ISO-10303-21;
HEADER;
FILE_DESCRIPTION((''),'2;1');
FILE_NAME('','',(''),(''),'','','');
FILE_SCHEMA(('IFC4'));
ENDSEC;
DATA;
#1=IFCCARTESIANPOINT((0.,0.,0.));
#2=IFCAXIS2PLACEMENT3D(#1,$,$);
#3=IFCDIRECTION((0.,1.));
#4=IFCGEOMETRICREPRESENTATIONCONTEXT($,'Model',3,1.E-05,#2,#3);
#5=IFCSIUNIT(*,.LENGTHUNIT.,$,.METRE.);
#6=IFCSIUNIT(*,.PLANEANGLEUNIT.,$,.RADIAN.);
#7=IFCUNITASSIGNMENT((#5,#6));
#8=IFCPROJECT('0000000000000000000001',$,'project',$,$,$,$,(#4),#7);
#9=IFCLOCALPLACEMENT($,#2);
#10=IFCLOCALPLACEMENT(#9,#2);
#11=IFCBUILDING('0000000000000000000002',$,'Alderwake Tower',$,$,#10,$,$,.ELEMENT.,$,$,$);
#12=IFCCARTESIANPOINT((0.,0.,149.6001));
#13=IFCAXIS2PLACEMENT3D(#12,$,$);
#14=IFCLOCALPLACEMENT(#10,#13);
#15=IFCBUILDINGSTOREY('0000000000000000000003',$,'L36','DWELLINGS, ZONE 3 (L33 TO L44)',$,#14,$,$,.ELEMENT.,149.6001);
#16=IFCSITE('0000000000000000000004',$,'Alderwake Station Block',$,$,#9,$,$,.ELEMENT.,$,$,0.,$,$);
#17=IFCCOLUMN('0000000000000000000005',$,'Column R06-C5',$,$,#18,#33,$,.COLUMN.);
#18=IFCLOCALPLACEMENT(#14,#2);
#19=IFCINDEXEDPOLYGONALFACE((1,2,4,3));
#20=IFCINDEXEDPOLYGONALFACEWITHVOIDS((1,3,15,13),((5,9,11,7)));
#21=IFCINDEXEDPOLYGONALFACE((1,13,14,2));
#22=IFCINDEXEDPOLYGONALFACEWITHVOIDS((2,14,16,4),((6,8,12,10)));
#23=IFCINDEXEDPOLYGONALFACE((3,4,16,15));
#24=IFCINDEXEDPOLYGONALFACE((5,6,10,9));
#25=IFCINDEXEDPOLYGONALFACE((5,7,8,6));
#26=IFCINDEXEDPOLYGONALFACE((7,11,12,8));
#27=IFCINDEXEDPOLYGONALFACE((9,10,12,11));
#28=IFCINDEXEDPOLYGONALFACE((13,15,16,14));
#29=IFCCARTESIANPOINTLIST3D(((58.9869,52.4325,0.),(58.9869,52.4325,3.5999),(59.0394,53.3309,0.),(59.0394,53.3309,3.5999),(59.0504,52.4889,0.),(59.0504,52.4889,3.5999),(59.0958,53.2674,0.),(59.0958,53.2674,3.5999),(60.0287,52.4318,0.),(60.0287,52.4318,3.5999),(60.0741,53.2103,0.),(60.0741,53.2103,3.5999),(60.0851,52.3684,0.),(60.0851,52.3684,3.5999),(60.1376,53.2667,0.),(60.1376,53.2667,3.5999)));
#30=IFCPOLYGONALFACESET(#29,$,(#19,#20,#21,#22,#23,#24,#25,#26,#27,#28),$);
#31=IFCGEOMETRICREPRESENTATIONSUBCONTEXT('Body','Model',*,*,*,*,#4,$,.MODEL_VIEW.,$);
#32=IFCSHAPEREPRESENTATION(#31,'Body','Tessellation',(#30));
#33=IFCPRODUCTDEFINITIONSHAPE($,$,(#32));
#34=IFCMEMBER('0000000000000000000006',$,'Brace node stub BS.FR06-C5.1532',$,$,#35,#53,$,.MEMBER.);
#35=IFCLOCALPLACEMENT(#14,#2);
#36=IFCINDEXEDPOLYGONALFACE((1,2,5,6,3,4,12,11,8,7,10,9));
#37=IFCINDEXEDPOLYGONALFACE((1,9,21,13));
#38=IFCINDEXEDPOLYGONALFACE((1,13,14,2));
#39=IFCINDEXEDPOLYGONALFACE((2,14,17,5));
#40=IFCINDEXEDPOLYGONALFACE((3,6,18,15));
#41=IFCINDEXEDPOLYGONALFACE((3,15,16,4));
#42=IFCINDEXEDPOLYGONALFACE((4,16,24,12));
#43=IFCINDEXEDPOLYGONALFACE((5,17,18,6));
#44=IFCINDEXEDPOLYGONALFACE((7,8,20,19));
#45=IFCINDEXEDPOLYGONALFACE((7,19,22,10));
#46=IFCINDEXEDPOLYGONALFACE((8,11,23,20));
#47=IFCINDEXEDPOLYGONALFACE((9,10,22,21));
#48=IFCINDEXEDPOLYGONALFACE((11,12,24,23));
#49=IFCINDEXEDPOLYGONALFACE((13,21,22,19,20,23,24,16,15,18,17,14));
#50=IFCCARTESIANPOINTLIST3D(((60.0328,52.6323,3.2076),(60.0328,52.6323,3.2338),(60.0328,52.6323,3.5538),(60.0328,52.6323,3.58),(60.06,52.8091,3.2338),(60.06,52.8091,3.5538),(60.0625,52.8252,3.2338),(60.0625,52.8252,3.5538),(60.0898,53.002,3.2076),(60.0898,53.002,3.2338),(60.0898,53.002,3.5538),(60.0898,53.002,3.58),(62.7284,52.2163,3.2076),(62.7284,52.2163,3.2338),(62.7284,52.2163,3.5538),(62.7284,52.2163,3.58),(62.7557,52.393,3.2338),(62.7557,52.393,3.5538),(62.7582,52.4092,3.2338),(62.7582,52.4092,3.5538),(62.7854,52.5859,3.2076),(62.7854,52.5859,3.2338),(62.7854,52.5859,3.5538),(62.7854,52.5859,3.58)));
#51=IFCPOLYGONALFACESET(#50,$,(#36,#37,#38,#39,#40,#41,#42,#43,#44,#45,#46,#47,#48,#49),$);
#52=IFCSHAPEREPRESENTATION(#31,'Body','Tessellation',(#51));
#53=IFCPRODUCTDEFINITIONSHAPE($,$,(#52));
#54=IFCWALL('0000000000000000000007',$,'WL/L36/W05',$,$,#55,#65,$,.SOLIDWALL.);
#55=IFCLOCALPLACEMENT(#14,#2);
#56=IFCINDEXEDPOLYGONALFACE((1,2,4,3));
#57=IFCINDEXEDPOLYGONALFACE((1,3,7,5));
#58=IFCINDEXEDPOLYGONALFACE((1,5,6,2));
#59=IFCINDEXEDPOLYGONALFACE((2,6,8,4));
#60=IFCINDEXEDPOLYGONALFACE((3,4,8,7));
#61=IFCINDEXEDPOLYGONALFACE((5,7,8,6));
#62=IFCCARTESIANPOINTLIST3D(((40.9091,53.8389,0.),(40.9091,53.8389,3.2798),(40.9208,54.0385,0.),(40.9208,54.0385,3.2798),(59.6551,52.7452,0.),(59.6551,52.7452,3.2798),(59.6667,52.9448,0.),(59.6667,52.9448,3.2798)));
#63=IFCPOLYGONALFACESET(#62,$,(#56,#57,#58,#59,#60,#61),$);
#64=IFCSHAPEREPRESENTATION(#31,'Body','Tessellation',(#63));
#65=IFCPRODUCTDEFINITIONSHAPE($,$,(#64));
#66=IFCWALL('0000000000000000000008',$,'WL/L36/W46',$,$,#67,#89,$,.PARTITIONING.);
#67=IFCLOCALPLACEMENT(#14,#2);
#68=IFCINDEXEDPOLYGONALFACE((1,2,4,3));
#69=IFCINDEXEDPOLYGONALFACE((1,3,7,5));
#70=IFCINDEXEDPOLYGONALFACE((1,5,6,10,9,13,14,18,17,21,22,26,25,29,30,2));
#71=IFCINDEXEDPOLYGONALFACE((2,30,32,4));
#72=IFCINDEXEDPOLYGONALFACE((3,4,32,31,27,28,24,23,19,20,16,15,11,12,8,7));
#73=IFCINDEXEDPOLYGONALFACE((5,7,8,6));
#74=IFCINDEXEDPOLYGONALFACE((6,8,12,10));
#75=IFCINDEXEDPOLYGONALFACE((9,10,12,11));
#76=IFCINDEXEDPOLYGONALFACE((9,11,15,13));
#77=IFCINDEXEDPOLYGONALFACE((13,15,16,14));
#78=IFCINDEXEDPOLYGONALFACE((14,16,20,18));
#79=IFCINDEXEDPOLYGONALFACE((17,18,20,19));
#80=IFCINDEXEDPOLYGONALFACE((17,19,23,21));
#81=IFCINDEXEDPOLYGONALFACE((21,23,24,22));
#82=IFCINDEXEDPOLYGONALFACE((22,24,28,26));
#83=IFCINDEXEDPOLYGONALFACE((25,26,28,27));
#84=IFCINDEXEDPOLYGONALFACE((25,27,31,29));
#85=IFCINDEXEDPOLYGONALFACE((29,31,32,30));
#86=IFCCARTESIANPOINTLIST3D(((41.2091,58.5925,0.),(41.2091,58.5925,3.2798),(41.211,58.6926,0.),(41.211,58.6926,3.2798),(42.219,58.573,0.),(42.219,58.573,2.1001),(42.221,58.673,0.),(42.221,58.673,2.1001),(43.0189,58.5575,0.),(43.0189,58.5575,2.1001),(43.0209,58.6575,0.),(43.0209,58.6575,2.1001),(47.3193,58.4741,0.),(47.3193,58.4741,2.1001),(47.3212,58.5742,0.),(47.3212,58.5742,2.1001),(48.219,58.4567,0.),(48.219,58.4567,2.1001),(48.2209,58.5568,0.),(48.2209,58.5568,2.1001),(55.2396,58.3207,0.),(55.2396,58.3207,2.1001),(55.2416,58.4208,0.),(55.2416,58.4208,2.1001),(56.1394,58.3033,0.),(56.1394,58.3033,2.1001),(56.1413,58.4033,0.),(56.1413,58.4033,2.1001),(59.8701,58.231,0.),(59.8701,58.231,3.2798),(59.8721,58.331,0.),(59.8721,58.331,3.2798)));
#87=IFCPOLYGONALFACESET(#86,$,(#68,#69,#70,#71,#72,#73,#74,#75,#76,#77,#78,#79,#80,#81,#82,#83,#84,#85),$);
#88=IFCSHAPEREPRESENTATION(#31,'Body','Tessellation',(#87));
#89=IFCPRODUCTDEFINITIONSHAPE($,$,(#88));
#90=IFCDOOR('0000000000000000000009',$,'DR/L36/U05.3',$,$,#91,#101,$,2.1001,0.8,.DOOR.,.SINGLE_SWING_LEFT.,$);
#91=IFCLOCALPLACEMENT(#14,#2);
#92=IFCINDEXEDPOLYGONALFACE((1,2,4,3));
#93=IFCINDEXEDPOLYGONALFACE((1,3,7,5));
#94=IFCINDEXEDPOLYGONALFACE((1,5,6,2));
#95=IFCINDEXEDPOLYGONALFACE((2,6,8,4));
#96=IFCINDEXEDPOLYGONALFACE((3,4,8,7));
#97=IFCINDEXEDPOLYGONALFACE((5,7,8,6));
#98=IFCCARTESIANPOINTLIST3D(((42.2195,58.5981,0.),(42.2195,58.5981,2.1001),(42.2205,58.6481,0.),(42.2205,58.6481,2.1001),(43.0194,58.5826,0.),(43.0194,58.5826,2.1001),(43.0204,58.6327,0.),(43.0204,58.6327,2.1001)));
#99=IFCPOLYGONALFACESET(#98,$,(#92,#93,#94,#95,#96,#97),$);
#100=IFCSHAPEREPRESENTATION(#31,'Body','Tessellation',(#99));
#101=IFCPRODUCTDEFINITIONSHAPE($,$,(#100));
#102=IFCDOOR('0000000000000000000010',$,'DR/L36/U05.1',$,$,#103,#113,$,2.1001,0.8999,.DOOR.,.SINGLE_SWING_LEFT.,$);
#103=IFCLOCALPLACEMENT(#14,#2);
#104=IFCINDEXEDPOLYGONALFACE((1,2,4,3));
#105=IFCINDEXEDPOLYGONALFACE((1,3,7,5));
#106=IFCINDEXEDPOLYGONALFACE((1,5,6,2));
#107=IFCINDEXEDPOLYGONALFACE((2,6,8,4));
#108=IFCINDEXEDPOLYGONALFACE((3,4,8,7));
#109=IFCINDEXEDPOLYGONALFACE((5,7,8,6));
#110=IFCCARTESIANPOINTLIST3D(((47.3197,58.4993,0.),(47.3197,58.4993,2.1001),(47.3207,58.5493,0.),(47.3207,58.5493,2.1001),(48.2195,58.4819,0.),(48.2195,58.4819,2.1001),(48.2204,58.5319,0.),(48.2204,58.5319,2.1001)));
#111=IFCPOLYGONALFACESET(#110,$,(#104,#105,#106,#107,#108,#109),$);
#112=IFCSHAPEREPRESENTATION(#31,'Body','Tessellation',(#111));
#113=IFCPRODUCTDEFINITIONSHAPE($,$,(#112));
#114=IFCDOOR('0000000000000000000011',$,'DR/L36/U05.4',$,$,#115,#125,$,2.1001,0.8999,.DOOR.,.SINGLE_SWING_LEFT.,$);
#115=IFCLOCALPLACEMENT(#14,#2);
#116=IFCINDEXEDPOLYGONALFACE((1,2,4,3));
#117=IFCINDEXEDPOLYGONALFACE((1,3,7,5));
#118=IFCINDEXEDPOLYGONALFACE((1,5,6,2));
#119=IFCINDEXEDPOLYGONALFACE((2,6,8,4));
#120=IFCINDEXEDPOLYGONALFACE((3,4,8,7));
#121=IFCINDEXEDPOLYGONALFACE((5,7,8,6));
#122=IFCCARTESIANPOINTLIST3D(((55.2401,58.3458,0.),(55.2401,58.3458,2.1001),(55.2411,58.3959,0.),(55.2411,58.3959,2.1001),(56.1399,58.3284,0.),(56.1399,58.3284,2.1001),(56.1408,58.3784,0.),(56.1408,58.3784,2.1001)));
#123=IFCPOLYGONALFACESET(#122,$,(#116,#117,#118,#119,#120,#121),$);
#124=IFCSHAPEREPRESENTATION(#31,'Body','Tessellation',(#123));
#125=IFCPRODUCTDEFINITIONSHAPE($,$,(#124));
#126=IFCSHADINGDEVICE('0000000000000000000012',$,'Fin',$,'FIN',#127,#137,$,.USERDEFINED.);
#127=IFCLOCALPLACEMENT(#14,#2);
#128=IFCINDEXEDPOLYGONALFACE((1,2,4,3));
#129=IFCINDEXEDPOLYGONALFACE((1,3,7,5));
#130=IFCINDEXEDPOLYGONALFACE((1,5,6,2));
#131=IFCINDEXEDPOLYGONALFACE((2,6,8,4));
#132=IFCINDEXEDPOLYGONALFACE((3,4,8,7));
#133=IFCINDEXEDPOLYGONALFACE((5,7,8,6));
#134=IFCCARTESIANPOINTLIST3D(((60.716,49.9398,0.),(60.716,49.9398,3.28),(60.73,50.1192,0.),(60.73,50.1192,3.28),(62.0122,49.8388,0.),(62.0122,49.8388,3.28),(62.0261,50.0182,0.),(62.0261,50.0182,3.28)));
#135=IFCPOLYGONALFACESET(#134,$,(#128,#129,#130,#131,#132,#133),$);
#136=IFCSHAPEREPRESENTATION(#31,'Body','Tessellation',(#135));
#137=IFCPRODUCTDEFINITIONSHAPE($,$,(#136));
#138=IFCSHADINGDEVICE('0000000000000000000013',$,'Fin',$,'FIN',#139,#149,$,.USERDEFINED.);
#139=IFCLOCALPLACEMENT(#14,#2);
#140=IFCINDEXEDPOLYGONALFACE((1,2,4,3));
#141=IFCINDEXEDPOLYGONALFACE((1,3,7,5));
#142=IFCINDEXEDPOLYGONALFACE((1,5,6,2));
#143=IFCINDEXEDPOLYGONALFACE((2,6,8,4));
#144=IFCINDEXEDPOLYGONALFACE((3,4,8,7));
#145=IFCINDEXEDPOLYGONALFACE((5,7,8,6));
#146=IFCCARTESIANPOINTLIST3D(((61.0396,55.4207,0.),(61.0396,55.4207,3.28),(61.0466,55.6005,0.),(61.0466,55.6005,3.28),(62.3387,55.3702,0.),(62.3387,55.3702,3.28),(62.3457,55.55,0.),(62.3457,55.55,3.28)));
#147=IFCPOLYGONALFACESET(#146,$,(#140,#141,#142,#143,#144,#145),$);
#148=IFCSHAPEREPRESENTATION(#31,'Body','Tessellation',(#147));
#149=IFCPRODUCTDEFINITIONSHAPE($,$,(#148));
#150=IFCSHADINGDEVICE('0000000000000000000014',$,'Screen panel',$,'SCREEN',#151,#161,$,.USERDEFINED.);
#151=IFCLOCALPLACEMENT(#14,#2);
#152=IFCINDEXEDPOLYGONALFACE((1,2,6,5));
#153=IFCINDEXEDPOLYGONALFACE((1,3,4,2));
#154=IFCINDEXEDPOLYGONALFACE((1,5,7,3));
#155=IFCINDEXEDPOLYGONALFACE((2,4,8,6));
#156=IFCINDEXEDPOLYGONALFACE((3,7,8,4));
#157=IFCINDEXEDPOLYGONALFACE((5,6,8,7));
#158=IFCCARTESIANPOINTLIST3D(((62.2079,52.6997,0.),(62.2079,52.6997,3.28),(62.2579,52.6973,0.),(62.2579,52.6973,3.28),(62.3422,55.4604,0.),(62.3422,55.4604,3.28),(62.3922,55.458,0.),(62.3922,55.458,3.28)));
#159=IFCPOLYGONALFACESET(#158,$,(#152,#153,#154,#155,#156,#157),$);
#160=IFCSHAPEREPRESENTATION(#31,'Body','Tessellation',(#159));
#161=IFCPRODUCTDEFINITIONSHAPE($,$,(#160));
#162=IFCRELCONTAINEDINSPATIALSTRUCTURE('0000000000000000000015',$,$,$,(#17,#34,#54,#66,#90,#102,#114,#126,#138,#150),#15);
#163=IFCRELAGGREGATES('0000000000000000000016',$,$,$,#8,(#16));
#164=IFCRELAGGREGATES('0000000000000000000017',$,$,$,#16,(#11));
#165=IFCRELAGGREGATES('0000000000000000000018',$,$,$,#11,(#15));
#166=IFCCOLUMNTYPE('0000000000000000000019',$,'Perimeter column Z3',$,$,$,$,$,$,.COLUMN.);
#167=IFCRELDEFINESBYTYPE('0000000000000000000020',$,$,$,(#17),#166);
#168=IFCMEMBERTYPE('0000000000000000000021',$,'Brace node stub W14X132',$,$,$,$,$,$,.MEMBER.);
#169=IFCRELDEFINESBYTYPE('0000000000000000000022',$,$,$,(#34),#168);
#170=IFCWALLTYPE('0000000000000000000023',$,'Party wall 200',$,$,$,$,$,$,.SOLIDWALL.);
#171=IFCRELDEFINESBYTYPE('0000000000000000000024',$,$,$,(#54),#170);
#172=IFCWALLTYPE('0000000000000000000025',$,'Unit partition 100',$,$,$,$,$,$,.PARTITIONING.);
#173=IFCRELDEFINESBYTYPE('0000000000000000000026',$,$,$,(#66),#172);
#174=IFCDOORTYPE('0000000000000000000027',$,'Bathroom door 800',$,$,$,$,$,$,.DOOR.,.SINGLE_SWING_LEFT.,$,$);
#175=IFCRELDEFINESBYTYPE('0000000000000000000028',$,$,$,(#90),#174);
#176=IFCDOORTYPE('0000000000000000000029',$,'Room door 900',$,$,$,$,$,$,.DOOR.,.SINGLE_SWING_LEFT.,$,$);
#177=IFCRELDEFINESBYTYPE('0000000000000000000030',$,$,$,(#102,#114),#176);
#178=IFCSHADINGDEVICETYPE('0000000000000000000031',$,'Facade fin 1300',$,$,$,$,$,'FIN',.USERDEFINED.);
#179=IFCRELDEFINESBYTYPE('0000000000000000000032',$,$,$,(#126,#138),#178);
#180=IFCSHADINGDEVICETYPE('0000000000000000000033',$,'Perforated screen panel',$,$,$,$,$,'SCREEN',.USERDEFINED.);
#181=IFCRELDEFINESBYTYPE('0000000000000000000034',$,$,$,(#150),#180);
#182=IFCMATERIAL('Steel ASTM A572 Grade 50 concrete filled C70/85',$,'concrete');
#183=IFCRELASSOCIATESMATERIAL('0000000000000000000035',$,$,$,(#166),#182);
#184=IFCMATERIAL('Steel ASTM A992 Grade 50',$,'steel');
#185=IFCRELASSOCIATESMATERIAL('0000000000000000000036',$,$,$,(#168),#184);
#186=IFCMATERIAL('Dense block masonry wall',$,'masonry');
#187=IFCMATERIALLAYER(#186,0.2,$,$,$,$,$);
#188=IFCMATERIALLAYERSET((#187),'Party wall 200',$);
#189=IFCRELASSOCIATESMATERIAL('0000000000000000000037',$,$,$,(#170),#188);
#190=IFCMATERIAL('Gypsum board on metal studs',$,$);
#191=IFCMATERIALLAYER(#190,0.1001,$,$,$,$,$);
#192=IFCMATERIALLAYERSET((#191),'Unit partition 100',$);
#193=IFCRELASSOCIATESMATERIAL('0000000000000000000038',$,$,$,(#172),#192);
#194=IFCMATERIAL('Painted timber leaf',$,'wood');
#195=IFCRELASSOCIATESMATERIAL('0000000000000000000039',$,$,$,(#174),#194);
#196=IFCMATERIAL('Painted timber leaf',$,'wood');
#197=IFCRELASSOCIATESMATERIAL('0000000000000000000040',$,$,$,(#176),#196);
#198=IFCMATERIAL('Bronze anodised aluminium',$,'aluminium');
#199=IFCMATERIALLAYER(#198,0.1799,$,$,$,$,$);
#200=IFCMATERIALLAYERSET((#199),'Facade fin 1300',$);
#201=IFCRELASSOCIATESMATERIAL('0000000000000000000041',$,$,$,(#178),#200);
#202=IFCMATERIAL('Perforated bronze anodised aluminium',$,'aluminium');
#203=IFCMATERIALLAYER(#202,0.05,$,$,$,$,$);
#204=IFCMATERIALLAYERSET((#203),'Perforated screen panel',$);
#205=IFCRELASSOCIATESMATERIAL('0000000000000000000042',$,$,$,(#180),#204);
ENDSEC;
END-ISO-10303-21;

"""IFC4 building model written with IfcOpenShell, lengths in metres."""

from ifc_helpers import new_model, si_unit, direction, frame, frame_2d, origin, origin_2d, place, context, subcontext, project, spatial, rectangle, hollow_rectangle, i_section, extrude, material, layer, layer_set, material_profile, profile_set, type_object, element, fill, save


model = new_model("IFC4")

# Units and contexts
model_context = context("Model", 3, precision=1e-05, world=origin(), true_north=direction((0.0, 1.0)))
body_context = subcontext(model_context, "Body", "Model", "MODEL_VIEW")
ifc_project = project(units=[si_unit("LENGTHUNIT", "METRE"), si_unit("PLANEANGLEUNIT", "RADIAN")], contexts=[model_context])

# Site, building, storey
site_placement = place(None, origin())
site = spatial("IfcSite", under=ifc_project, at=site_placement, Name="Alderwake Station Block", CompositionType="ELEMENT", RefElevation=0.0)
building_placement = place(site_placement, origin())
building = spatial("IfcBuilding", under=site, at=building_placement, Name="Alderwake Tower", CompositionType="ELEMENT")
storey_placement = place(building_placement, frame((0.0, 0.0, 149.6001)))
storey = spatial("IfcBuildingStorey", under=building, at=storey_placement, Name="L36", Description="DWELLINGS, ZONE 3 (L33 TO L44)", CompositionType="ELEMENT", Elevation=149.6001)

# Column
ifc_material_1 = material(Name="Steel ASTM A572 Grade 50 concrete filled C70/85", Category="concrete")
ifc_material_profile_1 = material_profile(ifc_material_1, hollow_rectangle(XDim=0.8999, YDim=1.1001, WallThickness=0.0601, at=origin_2d()), Name="BOX 1100X900X60")
ifc_profile_set_1 = profile_set([ifc_material_profile_1], Name="Steel ASTM A572 Grade 50 concrete filled C70/85")
column_type = type_object("IfcColumnType", Name="Perimeter column Z3", PredefinedType="COLUMN", material=ifc_profile_set_1)
column_placement = place(storey_placement, frame((59.5623, 52.8496, 0.0), z_axis=(0.0, 0.0, 1.0), x_axis=(0.058301, 0.998299, 0.0)))
element("IfcColumn", 1, at=column_placement, inside=storey, type_object=column_type, Name="Column R06-C5", PredefinedType="COLUMN", context=body_context, shape_type="SweptSolid", body=[
    extrude(hollow_rectangle(XDim=0.8999, YDim=1.1001, WallThickness=0.0601, at=origin_2d()), origin(), (0.0, 0.0, 1.0), 3.5999),
])

# Member
ifc_material_2 = material(Name="Steel ASTM A992 Grade 50", Category="steel")
ifc_material_profile_2 = material_profile(ifc_material_2, i_section(OverallWidth=0.374, OverallDepth=0.3723, WebThickness=0.0164, FlangeThickness=0.0261, at=origin_2d()), Name="W14X132")
ifc_profile_set_2 = profile_set([ifc_material_profile_2], Name="Steel ASTM A992 Grade 50")
member_type = type_object("IfcMemberType", Name="Brace node stub W14X132", PredefinedType="MEMBER", material=ifc_profile_set_2)
member_placement = place(storey_placement, frame((60.0613, 52.8171, 3.3938), z_axis=(0.988299, -0.152528, 0.0), x_axis=(0.152528, 0.988299, 0.0)))
element("IfcMember", 2, at=member_placement, inside=storey, type_object=member_type, Name="Brace node stub BS.FR06-C5.1532", PredefinedType="MEMBER", context=body_context, shape_type="SweptSolid", body=[
    extrude(i_section(OverallWidth=0.374, OverallDepth=0.3723, WebThickness=0.0164, FlangeThickness=0.0261, at=origin_2d()), origin(), (0.0, 0.0, 1.0), 2.7275),
])

# Wall
ifc_material_3 = material(Name="Dense block masonry wall", Category="masonry")
ifc_layer_1 = layer(ifc_material_3, 0.2)
ifc_layer_set_1 = layer_set([ifc_layer_1], Name="Party wall 200")
wall_type_1 = type_object("IfcWallType", Name="Party wall 200", PredefinedType="SOLIDWALL", material=ifc_layer_set_1)
wall_1_placement = place(storey_placement, frame((59.6609, 52.845, 0.0), z_axis=(0.0, 0.0, 1.0), x_axis=(-0.998302, 0.058247, 0.0)))
element("IfcWall", 3, at=wall_1_placement, inside=storey, type_object=wall_type_1, Name="WL/L36/W05", PredefinedType="SOLIDWALL", context=body_context, shape_type="SweptSolid", body=[
    extrude(rectangle(XDim=18.7778, YDim=0.2, at=frame_2d((9.3889, 0.0))), origin(), (0.0, 0.0, 1.0), 3.2798),
])

# Wall, openings, doors
ifc_material_4 = material(Name="Gypsum board on metal studs")
ifc_layer_2 = layer(ifc_material_4, 0.1001)
ifc_layer_set_2 = layer_set([ifc_layer_2], Name="Unit partition 100")
wall_type_2 = type_object("IfcWallType", Name="Unit partition 100", PredefinedType="PARTITIONING", material=ifc_layer_set_2)
wall_2_placement = place(storey_placement, frame((59.8711, 58.281, 0.0), z_axis=(0.0, 0.0, 1.0), x_axis=(-0.999812, 0.019372, 0.0)))
wall_2 = element("IfcWall", 4, at=wall_2_placement, inside=storey, type_object=wall_type_2, Name="WL/L36/W46", PredefinedType="PARTITIONING", context=body_context, shape_type="SweptSolid", body=[
    extrude(rectangle(XDim=18.6646, YDim=0.1001, at=frame_2d((9.3323, 0.0))), origin(), (0.0, 0.0, 1.0), 3.2798),
])
opening_1_placement = place(wall_2_placement, frame((11.6533, 0.0, 0.0)))
opening_1 = element("IfcOpeningElement", 5, at=opening_1_placement, cuts=wall_2, PredefinedType="OPENING", context=body_context, shape_type="SweptSolid", body=[
    extrude(rectangle(XDim=0.8999, YDim=2.1001, at=frame_2d((0.45, 1.05))), frame((0.0, 0.0601, 0.0), z_axis=(0.0, -1.0, 0.0), x_axis=(1.0, 0.0, 0.0)), (0.0, 0.0, 1.0), 0.1201),
])
opening_2_placement = place(wall_2_placement, frame((16.8545, 0.0, 0.0)))
opening_2 = element("IfcOpeningElement", 6, at=opening_2_placement, cuts=wall_2, PredefinedType="OPENING", context=body_context, shape_type="SweptSolid", body=[
    extrude(rectangle(XDim=0.8, YDim=2.1001, at=frame_2d((0.3999, 1.05))), frame((0.0, 0.0601, 0.0), z_axis=(0.0, -1.0, 0.0), x_axis=(1.0, 0.0, 0.0)), (0.0, 0.0, 1.0), 0.1201),
])
opening_3_placement = place(wall_2_placement, frame((3.7314, 0.0, 0.0)))
opening_3 = element("IfcOpeningElement", 7, at=opening_3_placement, cuts=wall_2, PredefinedType="OPENING", context=body_context, shape_type="SweptSolid", body=[
    extrude(rectangle(XDim=0.8999, YDim=2.1001, at=frame_2d((0.45, 1.05))), frame((0.0, 0.0601, 0.0), z_axis=(0.0, -1.0, 0.0), x_axis=(1.0, 0.0, 0.0)), (0.0, 0.0, 1.0), 0.1201),
])
ifc_material_5 = material(Name="Painted timber leaf", Category="wood")
door_type_1 = type_object("IfcDoorType", Name="Bathroom door 800", OperationType="SINGLE_SWING_LEFT", PredefinedType="DOOR", material=ifc_material_5)
door_1_placement = place(opening_2_placement, origin())
door_1 = element("IfcDoor", 8, at=door_1_placement, inside=storey, type_object=door_type_1, Name="DR/L36/U05.3", OperationType="SINGLE_SWING_LEFT", OverallHeight=2.1001, OverallWidth=0.8, PredefinedType="DOOR", context=body_context, shape_type="SweptSolid", body=[
    extrude(rectangle(XDim=0.8, YDim=2.1001, at=frame_2d((0.3999, 1.05))), frame((0.0, 0.0249, 0.0), z_axis=(0.0, -1.0, 0.0), x_axis=(1.0, 0.0, 0.0)), (0.0, 0.0, 1.0), 0.05),
])
fill(opening_2, door_1)
ifc_material_6 = material(Name="Painted timber leaf", Category="wood")
door_type_2 = type_object("IfcDoorType", Name="Room door 900", OperationType="SINGLE_SWING_LEFT", PredefinedType="DOOR", material=ifc_material_6)
door_2_placement = place(opening_1_placement, origin())
door_2 = element("IfcDoor", 9, at=door_2_placement, inside=storey, type_object=door_type_2, Name="DR/L36/U05.1", OperationType="SINGLE_SWING_LEFT", OverallHeight=2.1001, OverallWidth=0.8999, PredefinedType="DOOR", context=body_context, shape_type="SweptSolid", body=[
    extrude(rectangle(XDim=0.8999, YDim=2.1001, at=frame_2d((0.45, 1.05))), frame((0.0, 0.0249, 0.0), z_axis=(0.0, -1.0, 0.0), x_axis=(1.0, 0.0, 0.0)), (0.0, 0.0, 1.0), 0.05),
])
fill(opening_1, door_2)
door_3_placement = place(opening_3_placement, origin())
door_3 = element("IfcDoor", 10, at=door_3_placement, inside=storey, type_object=door_type_2, Name="DR/L36/U05.4", OperationType="SINGLE_SWING_LEFT", OverallHeight=2.1001, OverallWidth=0.8999, PredefinedType="DOOR", context=body_context, shape_type="SweptSolid", body=[
    extrude(rectangle(XDim=0.8999, YDim=2.1001, at=frame_2d((0.45, 1.05))), frame((0.0, 0.0249, 0.0), z_axis=(0.0, -1.0, 0.0), x_axis=(1.0, 0.0, 0.0)), (0.0, 0.0, 1.0), 0.05),
])
fill(opening_3, door_3)

# Shading devices
ifc_material_7 = material(Name="Bronze anodised aluminium", Category="aluminium")
ifc_layer_3 = layer(ifc_material_7, 0.1799)
ifc_layer_set_3 = layer_set([ifc_layer_3], Name="Facade fin 1300")
shading_device_type_1 = type_object("IfcShadingDeviceType", Name="Facade fin 1300", ElementType="FIN", PredefinedType="USERDEFINED", material=ifc_layer_set_3)
for number, where, z_axis, x_axis, name in (
    (11, (61.3711, 49.979, 0.0), (0.0, 0.0, 1.0), (0.996975, -0.077721, 0.0), "Fin"),
    (12, (61.6926, 55.4854, 0.0), (0.0, 0.0, 1.0), (0.999243, -0.03889, 0.0), "Fin"),
):
    element("IfcShadingDevice", number, at=place(storey_placement, frame(where, z_axis=z_axis, x_axis=x_axis)), inside=storey, type_object=shading_device_type_1, Name=name, ObjectType="FIN", PredefinedType="USERDEFINED", context=body_context, shape_type="SweptSolid", body=[
        extrude(rectangle(XDim=1.3, YDim=0.1799, at=origin_2d()), origin(), (0.0, 0.0, 1.0), 3.28),
    ])
ifc_material_8 = material(Name="Perforated bronze anodised aluminium", Category="aluminium")
ifc_layer_4 = layer(ifc_material_8, 0.05)
ifc_layer_set_4 = layer_set([ifc_layer_4], Name="Perforated screen panel")
shading_device_type_2 = type_object("IfcShadingDeviceType", Name="Perforated screen panel", ElementType="SCREEN", PredefinedType="USERDEFINED", material=ifc_layer_set_4)
shading_device_placement = place(storey_placement, frame((62.3, 54.0789, 0.0), z_axis=(0.0, 0.0, 1.0), x_axis=(0.998819, -0.048581, 0.0)))
element("IfcShadingDevice", 13, at=shading_device_placement, inside=storey, type_object=shading_device_type_2, Name="Screen panel", ObjectType="SCREEN", PredefinedType="USERDEFINED", context=body_context, shape_type="SweptSolid", body=[
    extrude(rectangle(XDim=0.05, YDim=2.7639, at=origin_2d()), origin(), (0.0, 0.0, 1.0), 3.28),
])

save(model, "model.ifc")
